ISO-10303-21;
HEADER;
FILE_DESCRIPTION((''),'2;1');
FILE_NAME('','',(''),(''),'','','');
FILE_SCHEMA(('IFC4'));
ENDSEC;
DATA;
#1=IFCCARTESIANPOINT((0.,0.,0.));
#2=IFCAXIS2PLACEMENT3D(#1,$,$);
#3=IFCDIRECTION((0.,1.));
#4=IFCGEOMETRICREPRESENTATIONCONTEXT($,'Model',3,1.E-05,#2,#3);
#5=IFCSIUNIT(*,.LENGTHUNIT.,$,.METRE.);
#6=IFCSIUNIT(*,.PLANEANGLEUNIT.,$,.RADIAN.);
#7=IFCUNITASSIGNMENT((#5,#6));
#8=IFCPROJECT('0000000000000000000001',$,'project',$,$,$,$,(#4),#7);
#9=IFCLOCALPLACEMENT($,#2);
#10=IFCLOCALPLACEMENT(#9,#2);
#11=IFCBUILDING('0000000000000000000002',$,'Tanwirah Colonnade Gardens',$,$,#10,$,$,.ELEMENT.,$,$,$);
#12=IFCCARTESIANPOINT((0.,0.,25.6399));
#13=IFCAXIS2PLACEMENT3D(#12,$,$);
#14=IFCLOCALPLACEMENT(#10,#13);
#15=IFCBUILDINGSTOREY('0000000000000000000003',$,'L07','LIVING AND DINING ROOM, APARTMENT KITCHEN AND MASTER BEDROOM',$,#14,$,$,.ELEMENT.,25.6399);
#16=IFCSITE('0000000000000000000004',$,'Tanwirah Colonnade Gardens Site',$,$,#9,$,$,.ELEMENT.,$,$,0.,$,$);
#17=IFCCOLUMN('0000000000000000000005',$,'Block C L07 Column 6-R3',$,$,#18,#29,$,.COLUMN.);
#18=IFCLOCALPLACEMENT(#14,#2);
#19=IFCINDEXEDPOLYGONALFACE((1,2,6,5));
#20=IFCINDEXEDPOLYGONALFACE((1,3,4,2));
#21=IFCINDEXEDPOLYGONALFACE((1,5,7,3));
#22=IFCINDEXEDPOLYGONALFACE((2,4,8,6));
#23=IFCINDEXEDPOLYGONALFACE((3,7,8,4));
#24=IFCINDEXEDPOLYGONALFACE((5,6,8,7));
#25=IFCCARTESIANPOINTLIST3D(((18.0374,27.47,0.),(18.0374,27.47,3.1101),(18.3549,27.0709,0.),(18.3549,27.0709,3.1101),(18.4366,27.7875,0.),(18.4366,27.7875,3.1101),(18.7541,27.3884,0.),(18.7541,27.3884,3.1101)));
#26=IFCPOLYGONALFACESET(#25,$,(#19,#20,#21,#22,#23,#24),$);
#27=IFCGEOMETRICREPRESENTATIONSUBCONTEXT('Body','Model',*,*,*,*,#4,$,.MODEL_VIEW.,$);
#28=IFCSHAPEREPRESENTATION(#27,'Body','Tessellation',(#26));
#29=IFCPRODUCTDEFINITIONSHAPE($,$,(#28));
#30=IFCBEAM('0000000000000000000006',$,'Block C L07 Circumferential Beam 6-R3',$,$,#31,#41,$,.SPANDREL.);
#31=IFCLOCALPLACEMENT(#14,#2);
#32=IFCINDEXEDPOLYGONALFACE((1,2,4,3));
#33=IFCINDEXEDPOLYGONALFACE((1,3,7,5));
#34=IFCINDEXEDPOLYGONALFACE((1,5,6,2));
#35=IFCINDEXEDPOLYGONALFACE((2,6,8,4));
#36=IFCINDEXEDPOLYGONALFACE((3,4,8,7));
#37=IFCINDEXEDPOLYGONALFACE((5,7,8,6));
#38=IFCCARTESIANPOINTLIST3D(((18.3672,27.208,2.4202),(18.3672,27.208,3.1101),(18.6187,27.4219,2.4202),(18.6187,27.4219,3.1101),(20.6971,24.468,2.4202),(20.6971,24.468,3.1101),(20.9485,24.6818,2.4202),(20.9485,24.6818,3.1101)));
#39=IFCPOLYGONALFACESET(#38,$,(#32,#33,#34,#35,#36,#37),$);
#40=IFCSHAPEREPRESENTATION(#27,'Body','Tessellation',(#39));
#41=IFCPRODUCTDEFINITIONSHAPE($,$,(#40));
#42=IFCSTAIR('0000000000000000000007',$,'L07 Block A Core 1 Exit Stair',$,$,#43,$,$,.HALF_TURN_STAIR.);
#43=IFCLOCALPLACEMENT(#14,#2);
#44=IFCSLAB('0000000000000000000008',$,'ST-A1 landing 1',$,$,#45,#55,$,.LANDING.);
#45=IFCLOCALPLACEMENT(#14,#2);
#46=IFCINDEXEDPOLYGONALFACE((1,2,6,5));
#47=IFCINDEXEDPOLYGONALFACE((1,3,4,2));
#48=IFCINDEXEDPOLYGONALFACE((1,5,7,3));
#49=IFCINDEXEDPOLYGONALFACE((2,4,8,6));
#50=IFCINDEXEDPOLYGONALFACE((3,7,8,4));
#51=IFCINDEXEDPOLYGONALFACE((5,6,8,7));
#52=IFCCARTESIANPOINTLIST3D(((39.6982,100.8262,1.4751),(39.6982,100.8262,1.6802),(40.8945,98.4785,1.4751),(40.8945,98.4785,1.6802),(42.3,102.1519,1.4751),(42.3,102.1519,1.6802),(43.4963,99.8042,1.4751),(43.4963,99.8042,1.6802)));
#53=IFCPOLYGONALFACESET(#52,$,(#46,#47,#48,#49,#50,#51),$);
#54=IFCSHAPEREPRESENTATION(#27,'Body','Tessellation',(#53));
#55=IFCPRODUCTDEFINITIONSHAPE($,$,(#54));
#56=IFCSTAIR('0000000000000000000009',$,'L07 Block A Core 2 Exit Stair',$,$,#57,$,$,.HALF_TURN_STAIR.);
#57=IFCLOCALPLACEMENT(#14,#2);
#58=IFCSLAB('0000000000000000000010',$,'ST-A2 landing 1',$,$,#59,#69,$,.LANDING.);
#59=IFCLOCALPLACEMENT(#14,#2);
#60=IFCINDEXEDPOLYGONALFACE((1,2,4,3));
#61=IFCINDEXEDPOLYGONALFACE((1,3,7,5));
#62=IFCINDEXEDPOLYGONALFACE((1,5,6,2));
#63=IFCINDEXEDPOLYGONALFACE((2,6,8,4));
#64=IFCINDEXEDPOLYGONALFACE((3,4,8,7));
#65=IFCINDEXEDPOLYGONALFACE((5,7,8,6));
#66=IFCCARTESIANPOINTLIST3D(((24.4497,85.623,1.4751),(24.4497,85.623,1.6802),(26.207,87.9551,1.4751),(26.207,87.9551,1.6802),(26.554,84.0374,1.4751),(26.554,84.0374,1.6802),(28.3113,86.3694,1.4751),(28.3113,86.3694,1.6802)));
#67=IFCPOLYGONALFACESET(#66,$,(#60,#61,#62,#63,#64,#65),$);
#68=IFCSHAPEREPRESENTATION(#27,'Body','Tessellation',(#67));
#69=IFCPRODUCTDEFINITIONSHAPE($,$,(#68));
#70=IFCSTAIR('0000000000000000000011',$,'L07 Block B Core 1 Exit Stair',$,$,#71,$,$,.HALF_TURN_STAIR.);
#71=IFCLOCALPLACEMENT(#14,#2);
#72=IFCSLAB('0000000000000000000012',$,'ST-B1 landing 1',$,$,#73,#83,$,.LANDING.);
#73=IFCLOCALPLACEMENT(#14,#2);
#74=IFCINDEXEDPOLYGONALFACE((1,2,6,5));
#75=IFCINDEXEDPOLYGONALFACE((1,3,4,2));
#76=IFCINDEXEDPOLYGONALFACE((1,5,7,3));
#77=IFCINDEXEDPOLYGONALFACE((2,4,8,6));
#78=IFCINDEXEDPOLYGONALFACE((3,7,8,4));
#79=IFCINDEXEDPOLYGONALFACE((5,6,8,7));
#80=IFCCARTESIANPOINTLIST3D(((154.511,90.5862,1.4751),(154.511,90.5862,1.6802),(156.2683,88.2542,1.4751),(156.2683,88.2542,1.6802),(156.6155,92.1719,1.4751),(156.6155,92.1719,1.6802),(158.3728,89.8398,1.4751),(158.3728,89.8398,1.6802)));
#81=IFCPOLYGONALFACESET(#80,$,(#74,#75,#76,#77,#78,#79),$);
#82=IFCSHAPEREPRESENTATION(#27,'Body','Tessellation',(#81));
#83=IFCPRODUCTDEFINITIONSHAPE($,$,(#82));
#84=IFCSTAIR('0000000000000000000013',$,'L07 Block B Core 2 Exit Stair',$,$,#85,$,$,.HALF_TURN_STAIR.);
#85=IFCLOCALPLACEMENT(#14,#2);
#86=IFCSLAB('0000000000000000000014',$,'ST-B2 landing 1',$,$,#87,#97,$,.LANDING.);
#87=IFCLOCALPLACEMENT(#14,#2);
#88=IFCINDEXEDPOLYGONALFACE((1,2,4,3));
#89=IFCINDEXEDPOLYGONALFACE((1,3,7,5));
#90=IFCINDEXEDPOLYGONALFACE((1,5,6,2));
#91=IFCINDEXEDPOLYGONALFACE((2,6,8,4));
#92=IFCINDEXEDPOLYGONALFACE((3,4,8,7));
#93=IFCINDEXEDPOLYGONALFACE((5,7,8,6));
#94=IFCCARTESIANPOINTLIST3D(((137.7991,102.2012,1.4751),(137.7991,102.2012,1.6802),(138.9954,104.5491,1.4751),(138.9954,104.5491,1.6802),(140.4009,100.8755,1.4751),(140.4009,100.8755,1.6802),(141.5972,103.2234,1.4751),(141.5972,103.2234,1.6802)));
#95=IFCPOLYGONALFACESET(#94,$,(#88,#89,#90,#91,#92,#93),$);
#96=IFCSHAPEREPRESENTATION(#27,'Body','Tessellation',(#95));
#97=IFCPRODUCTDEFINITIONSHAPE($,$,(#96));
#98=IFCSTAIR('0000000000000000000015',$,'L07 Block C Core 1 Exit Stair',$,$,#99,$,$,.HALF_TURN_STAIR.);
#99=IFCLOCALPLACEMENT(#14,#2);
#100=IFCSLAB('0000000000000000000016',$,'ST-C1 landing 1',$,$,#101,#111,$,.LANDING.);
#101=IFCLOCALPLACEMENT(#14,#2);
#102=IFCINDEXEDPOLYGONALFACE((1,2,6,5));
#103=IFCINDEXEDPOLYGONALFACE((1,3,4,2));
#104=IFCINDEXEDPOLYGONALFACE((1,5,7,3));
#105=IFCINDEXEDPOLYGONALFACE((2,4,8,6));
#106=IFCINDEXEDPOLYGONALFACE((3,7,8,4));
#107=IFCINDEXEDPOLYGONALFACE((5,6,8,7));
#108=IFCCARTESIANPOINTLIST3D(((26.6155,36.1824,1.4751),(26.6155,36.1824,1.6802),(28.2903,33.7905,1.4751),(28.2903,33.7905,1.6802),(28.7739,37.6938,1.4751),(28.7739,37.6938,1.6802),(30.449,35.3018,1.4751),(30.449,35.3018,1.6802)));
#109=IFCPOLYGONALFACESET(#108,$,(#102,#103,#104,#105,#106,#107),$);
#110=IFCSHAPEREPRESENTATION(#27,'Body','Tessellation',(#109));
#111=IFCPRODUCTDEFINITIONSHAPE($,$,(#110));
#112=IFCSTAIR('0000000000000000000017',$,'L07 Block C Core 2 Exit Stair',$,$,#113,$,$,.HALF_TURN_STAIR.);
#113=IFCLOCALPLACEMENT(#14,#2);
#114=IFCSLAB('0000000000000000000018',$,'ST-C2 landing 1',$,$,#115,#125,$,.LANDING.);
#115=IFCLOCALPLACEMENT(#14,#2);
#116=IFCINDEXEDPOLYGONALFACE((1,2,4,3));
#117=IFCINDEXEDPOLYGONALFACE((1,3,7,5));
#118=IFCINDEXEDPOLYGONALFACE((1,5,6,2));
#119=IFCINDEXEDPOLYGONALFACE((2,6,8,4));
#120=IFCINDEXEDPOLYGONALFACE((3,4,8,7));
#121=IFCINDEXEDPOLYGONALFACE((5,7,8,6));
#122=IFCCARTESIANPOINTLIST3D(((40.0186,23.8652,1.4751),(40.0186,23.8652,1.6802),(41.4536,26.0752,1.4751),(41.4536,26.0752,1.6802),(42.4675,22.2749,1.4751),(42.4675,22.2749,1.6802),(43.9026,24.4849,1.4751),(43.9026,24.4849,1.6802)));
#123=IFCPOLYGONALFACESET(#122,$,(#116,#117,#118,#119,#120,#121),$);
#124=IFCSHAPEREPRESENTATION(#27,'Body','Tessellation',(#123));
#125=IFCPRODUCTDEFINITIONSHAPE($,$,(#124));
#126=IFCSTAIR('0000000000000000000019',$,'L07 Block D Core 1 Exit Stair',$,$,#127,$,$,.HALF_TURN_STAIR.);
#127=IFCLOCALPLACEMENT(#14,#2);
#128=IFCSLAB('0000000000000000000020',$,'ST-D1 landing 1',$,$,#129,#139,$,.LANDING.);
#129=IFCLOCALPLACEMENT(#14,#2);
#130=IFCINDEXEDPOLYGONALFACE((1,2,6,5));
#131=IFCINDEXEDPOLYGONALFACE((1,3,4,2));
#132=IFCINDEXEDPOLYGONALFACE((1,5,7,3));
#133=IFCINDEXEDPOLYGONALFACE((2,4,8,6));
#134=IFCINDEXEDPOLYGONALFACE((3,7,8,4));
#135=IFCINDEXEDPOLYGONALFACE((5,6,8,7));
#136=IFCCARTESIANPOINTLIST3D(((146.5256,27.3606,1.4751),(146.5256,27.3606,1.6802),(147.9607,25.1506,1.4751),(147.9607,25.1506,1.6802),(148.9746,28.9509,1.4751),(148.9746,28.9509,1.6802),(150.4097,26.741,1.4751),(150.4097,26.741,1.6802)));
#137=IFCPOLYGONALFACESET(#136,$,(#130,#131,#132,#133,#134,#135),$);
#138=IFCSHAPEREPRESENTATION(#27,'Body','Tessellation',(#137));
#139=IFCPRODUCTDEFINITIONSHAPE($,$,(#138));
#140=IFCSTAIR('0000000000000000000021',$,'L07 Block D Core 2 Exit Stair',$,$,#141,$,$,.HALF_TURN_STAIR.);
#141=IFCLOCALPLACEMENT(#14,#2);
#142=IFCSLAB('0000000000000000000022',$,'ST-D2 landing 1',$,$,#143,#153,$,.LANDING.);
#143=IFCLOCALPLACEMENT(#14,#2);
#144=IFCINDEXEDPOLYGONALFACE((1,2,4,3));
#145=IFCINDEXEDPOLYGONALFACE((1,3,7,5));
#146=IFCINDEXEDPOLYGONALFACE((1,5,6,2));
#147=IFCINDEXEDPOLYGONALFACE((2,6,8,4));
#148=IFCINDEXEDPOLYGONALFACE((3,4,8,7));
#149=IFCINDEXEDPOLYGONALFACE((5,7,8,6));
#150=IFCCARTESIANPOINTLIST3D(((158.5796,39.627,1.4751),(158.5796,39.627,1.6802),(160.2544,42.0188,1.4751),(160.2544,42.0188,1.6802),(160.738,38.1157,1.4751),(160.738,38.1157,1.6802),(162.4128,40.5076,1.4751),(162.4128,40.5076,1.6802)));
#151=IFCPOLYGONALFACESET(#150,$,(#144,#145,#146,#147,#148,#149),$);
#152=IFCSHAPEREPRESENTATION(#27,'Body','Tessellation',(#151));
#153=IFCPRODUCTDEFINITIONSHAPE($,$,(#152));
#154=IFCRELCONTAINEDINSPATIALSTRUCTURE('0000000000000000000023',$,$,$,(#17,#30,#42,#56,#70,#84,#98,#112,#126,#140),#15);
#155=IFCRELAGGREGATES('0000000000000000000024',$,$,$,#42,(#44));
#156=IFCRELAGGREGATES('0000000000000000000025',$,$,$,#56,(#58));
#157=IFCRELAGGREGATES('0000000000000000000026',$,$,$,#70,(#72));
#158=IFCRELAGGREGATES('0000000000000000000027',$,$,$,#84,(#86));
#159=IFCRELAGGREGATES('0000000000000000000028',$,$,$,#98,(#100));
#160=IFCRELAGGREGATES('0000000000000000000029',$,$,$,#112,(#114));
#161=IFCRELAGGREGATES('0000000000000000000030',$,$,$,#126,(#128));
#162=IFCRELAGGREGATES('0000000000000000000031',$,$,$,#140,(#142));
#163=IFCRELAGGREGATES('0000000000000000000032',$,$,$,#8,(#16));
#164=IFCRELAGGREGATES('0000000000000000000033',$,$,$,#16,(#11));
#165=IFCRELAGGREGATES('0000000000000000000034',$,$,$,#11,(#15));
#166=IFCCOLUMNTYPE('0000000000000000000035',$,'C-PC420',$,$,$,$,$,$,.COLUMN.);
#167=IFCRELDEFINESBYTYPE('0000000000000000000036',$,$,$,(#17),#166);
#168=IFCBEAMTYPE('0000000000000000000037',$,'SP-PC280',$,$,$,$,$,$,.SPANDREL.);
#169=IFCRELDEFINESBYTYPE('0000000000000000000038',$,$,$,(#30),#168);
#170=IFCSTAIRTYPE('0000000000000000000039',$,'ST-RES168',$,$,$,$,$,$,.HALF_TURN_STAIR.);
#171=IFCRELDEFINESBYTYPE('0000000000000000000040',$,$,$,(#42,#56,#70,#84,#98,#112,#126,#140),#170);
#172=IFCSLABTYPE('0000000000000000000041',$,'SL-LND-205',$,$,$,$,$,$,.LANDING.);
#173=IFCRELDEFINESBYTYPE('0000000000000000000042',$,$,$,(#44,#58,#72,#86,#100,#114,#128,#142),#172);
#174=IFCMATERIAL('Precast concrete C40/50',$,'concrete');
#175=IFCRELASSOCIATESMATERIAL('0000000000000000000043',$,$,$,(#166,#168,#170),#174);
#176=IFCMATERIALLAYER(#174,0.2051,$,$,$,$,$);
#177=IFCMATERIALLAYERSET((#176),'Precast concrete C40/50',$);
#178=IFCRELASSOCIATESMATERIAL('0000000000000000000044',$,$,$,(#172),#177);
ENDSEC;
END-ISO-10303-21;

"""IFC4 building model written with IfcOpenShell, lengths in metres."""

from ifc_helpers import new_model, si_unit, direction, frame, origin, origin_2d, place, context, subcontext, project, spatial, polyline, rectangle, outline, extrude, material, layer, layer_set, material_profile, profile_set, type_object, element, aggregate, save


model = new_model("IFC4")

# Units and contexts
model_context = context("Model", 3, precision=1e-05, world=origin(), true_north=direction((0.0, 1.0)))
body_context = subcontext(model_context, "Body", "Model", "MODEL_VIEW")
ifc_project = project(units=[si_unit("LENGTHUNIT", "METRE"), si_unit("PLANEANGLEUNIT", "RADIAN")], contexts=[model_context])

# Site, building, storey
site_placement = place(None, origin())
site = spatial("IfcSite", under=ifc_project, at=site_placement, Name="Tanwirah Colonnade Gardens Site", CompositionType="ELEMENT", RefElevation=0.0)
building_placement = place(site_placement, origin())
building = spatial("IfcBuilding", under=site, at=building_placement, Name="Tanwirah Colonnade Gardens", CompositionType="ELEMENT")
storey_placement = place(building_placement, frame((0.0, 0.0, 25.6399)))
storey = spatial("IfcBuildingStorey", under=building, at=storey_placement, Name="L07", Description="LIVING AND DINING ROOM, APARTMENT KITCHEN AND MASTER BEDROOM", CompositionType="ELEMENT", Elevation=25.6399)

# Column
ifc_material_1 = material(Name="Precast concrete C40/50", Category="concrete")
ifc_material_profile_1 = material_profile(ifc_material_1, rectangle(XDim=0.51, YDim=0.51, at=origin_2d()), Name="PC-COL 510x510")
ifc_profile_set_1 = profile_set([ifc_material_profile_1], Name="Precast concrete C40/50")
column_type = type_object("IfcColumnType", Name="C-PC420", PredefinedType="COLUMN", material=ifc_profile_set_1)
column_placement = place(storey_placement, frame((18.3958, 27.4292, 0.0), z_axis=(0.0, 0.0, 1.0), x_axis=(-0.782608, -0.622515, 0.0)))
element("IfcColumn", 1, at=column_placement, inside=storey, type_object=column_type, Name="Block C L07 Column 6-R3", PredefinedType="COLUMN", context=body_context, shape_type="SweptSolid", body=[
    extrude(rectangle(XDim=0.51, YDim=0.51, at=origin_2d()), origin(), (0.0, 0.0, 1.0), 3.1101),
])

# Beam
ifc_material_profile_2 = material_profile(ifc_material_1, rectangle(XDim=0.3301, YDim=0.6899, at=origin_2d()), Name="PC-SP 330x690")
ifc_profile_set_2 = profile_set([ifc_material_profile_2], Name="Precast concrete C40/50")
beam_type = type_object("IfcBeamType", Name="SP-PC280", PredefinedType="SPANDREL", material=ifc_profile_set_2)
beam_placement = place(storey_placement, frame((18.4929, 27.3149, 2.7651), z_axis=(0.647784, -0.761824, 0.0), x_axis=(0.761824, 0.647784, 0.0)))
element("IfcBeam", 2, at=beam_placement, inside=storey, type_object=beam_type, Name="Block C L07 Circumferential Beam 6-R3", PredefinedType="SPANDREL", context=body_context, shape_type="SweptSolid", body=[
    extrude(rectangle(XDim=0.3301, YDim=0.6899, at=origin_2d()), origin(), (0.0, 0.0, 1.0), 3.5967),
])

# Stairs, slabs
stair_type = type_object("IfcStairType", Name="ST-RES168", PredefinedType="HALF_TURN_STAIR", material=ifc_material_1)
stair_1_placement = place(storey_placement, origin())
stair_1 = element("IfcStair", 3, at=stair_1_placement, inside=storey, type_object=stair_type, Name="L07 Block A Core 1 Exit Stair", PredefinedType="HALF_TURN_STAIR")
ifc_layer_1 = layer(ifc_material_1, 0.2051)
ifc_layer_set_1 = layer_set([ifc_layer_1], Name="Precast concrete C40/50")
slab_type_1 = type_object("IfcSlabType", Name="SL-LND-205", PredefinedType="LANDING", material=ifc_layer_set_1)
slab_1_placement = place(storey_placement, frame((0.0, 0.0, 1.4751)))
slab_1 = element("IfcSlab", 4, at=slab_1_placement, type_object=slab_type_1, Name="ST-A1 landing 1", PredefinedType="LANDING", context=body_context, shape_type="SweptSolid", body=[
    extrude(outline(polyline([(39.6982, 100.8262), (40.8945, 98.4785), (43.4963, 99.8042), (42.3, 102.1519), (39.6982, 100.8262)])), origin(), (0.0, 0.0, 1.0), 0.2051),
])
aggregate(stair_1, [slab_1])
stair_2_placement = place(storey_placement, origin())
stair_2 = element("IfcStair", 5, at=stair_2_placement, inside=storey, type_object=stair_type, Name="L07 Block A Core 2 Exit Stair", PredefinedType="HALF_TURN_STAIR")
slab_2_placement = place(storey_placement, frame((0.0, 0.0, 1.4751)))
slab_2 = element("IfcSlab", 6, at=slab_2_placement, type_object=slab_type_1, Name="ST-A2 landing 1", PredefinedType="LANDING", context=body_context, shape_type="SweptSolid", body=[
    extrude(outline(polyline([(24.4497, 85.623), (26.554, 84.0374), (28.3113, 86.3694), (26.207, 87.9551), (24.4497, 85.623)])), origin(), (0.0, 0.0, 1.0), 0.2051),
])
aggregate(stair_2, [slab_2])
stair_3_placement = place(storey_placement, origin())
stair_3 = element("IfcStair", 7, at=stair_3_placement, inside=storey, type_object=stair_type, Name="L07 Block B Core 1 Exit Stair", PredefinedType="HALF_TURN_STAIR")
slab_3_placement = place(storey_placement, frame((0.0, 0.0, 1.4751)))
slab_3 = element("IfcSlab", 8, at=slab_3_placement, type_object=slab_type_1, Name="ST-B1 landing 1", PredefinedType="LANDING", context=body_context, shape_type="SweptSolid", body=[
    extrude(outline(polyline([(156.6155, 92.1719), (154.511, 90.5862), (156.2683, 88.2542), (158.3728, 89.8398), (156.6155, 92.1719)])), origin(), (0.0, 0.0, 1.0), 0.2051),
])
aggregate(stair_3, [slab_3])
stair_4_placement = place(storey_placement, origin())
stair_4 = element("IfcStair", 9, at=stair_4_placement, inside=storey, type_object=stair_type, Name="L07 Block B Core 2 Exit Stair", PredefinedType="HALF_TURN_STAIR")
slab_4_placement = place(storey_placement, frame((0.0, 0.0, 1.4751)))
slab_4 = element("IfcSlab", 10, at=slab_4_placement, type_object=slab_type_1, Name="ST-B2 landing 1", PredefinedType="LANDING", context=body_context, shape_type="SweptSolid", body=[
    extrude(outline(polyline([(138.9954, 104.5491), (137.7991, 102.2012), (140.4009, 100.8755), (141.5972, 103.2234), (138.9954, 104.5491)])), origin(), (0.0, 0.0, 1.0), 0.2051),
])
aggregate(stair_4, [slab_4])
stair_5_placement = place(storey_placement, origin())
stair_5 = element("IfcStair", 11, at=stair_5_placement, inside=storey, type_object=stair_type, Name="L07 Block C Core 1 Exit Stair", PredefinedType="HALF_TURN_STAIR")
slab_5_placement = place(storey_placement, frame((0.0, 0.0, 1.4751)))
slab_5 = element("IfcSlab", 12, at=slab_5_placement, type_object=slab_type_1, Name="ST-C1 landing 1", PredefinedType="LANDING", context=body_context, shape_type="SweptSolid", body=[
    extrude(outline(polyline([(28.2903, 33.7905), (30.449, 35.3018), (28.7739, 37.6938), (26.6155, 36.1824), (28.2903, 33.7905)])), origin(), (0.0, 0.0, 1.0), 0.2051),
])
aggregate(stair_5, [slab_5])
stair_6_placement = place(storey_placement, origin())
stair_6 = element("IfcStair", 13, at=stair_6_placement, inside=storey, type_object=stair_type, Name="L07 Block C Core 2 Exit Stair", PredefinedType="HALF_TURN_STAIR")
slab_6_placement = place(storey_placement, frame((0.0, 0.0, 1.4751)))
slab_6 = element("IfcSlab", 14, at=slab_6_placement, type_object=slab_type_1, Name="ST-C2 landing 1", PredefinedType="LANDING", context=body_context, shape_type="SweptSolid", body=[
    extrude(outline(polyline([(42.4675, 22.2749), (43.9026, 24.4849), (41.4536, 26.0752), (40.0186, 23.8652), (42.4675, 22.2749)])), origin(), (0.0, 0.0, 1.0), 0.2051),
])
aggregate(stair_6, [slab_6])
stair_7_placement = place(storey_placement, origin())
stair_7 = element("IfcStair", 15, at=stair_7_placement, inside=storey, type_object=stair_type, Name="L07 Block D Core 1 Exit Stair", PredefinedType="HALF_TURN_STAIR")
slab_7_placement = place(storey_placement, frame((0.0, 0.0, 1.4751)))
slab_7 = element("IfcSlab", 16, at=slab_7_placement, type_object=slab_type_1, Name="ST-D1 landing 1", PredefinedType="LANDING", context=body_context, shape_type="SweptSolid", body=[
    extrude(outline(polyline([(150.4097, 26.741), (148.9746, 28.9509), (146.5256, 27.3606), (147.9607, 25.1506), (150.4097, 26.741)])), origin(), (0.0, 0.0, 1.0), 0.2051),
])
aggregate(stair_7, [slab_7])
stair_8_placement = place(storey_placement, origin())
stair_8 = element("IfcStair", 17, at=stair_8_placement, inside=storey, type_object=stair_type, Name="L07 Block D Core 2 Exit Stair", PredefinedType="HALF_TURN_STAIR")
slab_8_placement = place(storey_placement, frame((0.0, 0.0, 1.4751)))
slab_8 = element("IfcSlab", 18, at=slab_8_placement, type_object=slab_type_1, Name="ST-D2 landing 1", PredefinedType="LANDING", context=body_context, shape_type="SweptSolid", body=[
    extrude(outline(polyline([(162.4128, 40.5076), (160.2544, 42.0188), (158.5796, 39.627), (160.738, 38.1157), (162.4128, 40.5076)])), origin(), (0.0, 0.0, 1.0), 0.2051),
])
aggregate(stair_8, [slab_8])

save(model, "model.ifc")
